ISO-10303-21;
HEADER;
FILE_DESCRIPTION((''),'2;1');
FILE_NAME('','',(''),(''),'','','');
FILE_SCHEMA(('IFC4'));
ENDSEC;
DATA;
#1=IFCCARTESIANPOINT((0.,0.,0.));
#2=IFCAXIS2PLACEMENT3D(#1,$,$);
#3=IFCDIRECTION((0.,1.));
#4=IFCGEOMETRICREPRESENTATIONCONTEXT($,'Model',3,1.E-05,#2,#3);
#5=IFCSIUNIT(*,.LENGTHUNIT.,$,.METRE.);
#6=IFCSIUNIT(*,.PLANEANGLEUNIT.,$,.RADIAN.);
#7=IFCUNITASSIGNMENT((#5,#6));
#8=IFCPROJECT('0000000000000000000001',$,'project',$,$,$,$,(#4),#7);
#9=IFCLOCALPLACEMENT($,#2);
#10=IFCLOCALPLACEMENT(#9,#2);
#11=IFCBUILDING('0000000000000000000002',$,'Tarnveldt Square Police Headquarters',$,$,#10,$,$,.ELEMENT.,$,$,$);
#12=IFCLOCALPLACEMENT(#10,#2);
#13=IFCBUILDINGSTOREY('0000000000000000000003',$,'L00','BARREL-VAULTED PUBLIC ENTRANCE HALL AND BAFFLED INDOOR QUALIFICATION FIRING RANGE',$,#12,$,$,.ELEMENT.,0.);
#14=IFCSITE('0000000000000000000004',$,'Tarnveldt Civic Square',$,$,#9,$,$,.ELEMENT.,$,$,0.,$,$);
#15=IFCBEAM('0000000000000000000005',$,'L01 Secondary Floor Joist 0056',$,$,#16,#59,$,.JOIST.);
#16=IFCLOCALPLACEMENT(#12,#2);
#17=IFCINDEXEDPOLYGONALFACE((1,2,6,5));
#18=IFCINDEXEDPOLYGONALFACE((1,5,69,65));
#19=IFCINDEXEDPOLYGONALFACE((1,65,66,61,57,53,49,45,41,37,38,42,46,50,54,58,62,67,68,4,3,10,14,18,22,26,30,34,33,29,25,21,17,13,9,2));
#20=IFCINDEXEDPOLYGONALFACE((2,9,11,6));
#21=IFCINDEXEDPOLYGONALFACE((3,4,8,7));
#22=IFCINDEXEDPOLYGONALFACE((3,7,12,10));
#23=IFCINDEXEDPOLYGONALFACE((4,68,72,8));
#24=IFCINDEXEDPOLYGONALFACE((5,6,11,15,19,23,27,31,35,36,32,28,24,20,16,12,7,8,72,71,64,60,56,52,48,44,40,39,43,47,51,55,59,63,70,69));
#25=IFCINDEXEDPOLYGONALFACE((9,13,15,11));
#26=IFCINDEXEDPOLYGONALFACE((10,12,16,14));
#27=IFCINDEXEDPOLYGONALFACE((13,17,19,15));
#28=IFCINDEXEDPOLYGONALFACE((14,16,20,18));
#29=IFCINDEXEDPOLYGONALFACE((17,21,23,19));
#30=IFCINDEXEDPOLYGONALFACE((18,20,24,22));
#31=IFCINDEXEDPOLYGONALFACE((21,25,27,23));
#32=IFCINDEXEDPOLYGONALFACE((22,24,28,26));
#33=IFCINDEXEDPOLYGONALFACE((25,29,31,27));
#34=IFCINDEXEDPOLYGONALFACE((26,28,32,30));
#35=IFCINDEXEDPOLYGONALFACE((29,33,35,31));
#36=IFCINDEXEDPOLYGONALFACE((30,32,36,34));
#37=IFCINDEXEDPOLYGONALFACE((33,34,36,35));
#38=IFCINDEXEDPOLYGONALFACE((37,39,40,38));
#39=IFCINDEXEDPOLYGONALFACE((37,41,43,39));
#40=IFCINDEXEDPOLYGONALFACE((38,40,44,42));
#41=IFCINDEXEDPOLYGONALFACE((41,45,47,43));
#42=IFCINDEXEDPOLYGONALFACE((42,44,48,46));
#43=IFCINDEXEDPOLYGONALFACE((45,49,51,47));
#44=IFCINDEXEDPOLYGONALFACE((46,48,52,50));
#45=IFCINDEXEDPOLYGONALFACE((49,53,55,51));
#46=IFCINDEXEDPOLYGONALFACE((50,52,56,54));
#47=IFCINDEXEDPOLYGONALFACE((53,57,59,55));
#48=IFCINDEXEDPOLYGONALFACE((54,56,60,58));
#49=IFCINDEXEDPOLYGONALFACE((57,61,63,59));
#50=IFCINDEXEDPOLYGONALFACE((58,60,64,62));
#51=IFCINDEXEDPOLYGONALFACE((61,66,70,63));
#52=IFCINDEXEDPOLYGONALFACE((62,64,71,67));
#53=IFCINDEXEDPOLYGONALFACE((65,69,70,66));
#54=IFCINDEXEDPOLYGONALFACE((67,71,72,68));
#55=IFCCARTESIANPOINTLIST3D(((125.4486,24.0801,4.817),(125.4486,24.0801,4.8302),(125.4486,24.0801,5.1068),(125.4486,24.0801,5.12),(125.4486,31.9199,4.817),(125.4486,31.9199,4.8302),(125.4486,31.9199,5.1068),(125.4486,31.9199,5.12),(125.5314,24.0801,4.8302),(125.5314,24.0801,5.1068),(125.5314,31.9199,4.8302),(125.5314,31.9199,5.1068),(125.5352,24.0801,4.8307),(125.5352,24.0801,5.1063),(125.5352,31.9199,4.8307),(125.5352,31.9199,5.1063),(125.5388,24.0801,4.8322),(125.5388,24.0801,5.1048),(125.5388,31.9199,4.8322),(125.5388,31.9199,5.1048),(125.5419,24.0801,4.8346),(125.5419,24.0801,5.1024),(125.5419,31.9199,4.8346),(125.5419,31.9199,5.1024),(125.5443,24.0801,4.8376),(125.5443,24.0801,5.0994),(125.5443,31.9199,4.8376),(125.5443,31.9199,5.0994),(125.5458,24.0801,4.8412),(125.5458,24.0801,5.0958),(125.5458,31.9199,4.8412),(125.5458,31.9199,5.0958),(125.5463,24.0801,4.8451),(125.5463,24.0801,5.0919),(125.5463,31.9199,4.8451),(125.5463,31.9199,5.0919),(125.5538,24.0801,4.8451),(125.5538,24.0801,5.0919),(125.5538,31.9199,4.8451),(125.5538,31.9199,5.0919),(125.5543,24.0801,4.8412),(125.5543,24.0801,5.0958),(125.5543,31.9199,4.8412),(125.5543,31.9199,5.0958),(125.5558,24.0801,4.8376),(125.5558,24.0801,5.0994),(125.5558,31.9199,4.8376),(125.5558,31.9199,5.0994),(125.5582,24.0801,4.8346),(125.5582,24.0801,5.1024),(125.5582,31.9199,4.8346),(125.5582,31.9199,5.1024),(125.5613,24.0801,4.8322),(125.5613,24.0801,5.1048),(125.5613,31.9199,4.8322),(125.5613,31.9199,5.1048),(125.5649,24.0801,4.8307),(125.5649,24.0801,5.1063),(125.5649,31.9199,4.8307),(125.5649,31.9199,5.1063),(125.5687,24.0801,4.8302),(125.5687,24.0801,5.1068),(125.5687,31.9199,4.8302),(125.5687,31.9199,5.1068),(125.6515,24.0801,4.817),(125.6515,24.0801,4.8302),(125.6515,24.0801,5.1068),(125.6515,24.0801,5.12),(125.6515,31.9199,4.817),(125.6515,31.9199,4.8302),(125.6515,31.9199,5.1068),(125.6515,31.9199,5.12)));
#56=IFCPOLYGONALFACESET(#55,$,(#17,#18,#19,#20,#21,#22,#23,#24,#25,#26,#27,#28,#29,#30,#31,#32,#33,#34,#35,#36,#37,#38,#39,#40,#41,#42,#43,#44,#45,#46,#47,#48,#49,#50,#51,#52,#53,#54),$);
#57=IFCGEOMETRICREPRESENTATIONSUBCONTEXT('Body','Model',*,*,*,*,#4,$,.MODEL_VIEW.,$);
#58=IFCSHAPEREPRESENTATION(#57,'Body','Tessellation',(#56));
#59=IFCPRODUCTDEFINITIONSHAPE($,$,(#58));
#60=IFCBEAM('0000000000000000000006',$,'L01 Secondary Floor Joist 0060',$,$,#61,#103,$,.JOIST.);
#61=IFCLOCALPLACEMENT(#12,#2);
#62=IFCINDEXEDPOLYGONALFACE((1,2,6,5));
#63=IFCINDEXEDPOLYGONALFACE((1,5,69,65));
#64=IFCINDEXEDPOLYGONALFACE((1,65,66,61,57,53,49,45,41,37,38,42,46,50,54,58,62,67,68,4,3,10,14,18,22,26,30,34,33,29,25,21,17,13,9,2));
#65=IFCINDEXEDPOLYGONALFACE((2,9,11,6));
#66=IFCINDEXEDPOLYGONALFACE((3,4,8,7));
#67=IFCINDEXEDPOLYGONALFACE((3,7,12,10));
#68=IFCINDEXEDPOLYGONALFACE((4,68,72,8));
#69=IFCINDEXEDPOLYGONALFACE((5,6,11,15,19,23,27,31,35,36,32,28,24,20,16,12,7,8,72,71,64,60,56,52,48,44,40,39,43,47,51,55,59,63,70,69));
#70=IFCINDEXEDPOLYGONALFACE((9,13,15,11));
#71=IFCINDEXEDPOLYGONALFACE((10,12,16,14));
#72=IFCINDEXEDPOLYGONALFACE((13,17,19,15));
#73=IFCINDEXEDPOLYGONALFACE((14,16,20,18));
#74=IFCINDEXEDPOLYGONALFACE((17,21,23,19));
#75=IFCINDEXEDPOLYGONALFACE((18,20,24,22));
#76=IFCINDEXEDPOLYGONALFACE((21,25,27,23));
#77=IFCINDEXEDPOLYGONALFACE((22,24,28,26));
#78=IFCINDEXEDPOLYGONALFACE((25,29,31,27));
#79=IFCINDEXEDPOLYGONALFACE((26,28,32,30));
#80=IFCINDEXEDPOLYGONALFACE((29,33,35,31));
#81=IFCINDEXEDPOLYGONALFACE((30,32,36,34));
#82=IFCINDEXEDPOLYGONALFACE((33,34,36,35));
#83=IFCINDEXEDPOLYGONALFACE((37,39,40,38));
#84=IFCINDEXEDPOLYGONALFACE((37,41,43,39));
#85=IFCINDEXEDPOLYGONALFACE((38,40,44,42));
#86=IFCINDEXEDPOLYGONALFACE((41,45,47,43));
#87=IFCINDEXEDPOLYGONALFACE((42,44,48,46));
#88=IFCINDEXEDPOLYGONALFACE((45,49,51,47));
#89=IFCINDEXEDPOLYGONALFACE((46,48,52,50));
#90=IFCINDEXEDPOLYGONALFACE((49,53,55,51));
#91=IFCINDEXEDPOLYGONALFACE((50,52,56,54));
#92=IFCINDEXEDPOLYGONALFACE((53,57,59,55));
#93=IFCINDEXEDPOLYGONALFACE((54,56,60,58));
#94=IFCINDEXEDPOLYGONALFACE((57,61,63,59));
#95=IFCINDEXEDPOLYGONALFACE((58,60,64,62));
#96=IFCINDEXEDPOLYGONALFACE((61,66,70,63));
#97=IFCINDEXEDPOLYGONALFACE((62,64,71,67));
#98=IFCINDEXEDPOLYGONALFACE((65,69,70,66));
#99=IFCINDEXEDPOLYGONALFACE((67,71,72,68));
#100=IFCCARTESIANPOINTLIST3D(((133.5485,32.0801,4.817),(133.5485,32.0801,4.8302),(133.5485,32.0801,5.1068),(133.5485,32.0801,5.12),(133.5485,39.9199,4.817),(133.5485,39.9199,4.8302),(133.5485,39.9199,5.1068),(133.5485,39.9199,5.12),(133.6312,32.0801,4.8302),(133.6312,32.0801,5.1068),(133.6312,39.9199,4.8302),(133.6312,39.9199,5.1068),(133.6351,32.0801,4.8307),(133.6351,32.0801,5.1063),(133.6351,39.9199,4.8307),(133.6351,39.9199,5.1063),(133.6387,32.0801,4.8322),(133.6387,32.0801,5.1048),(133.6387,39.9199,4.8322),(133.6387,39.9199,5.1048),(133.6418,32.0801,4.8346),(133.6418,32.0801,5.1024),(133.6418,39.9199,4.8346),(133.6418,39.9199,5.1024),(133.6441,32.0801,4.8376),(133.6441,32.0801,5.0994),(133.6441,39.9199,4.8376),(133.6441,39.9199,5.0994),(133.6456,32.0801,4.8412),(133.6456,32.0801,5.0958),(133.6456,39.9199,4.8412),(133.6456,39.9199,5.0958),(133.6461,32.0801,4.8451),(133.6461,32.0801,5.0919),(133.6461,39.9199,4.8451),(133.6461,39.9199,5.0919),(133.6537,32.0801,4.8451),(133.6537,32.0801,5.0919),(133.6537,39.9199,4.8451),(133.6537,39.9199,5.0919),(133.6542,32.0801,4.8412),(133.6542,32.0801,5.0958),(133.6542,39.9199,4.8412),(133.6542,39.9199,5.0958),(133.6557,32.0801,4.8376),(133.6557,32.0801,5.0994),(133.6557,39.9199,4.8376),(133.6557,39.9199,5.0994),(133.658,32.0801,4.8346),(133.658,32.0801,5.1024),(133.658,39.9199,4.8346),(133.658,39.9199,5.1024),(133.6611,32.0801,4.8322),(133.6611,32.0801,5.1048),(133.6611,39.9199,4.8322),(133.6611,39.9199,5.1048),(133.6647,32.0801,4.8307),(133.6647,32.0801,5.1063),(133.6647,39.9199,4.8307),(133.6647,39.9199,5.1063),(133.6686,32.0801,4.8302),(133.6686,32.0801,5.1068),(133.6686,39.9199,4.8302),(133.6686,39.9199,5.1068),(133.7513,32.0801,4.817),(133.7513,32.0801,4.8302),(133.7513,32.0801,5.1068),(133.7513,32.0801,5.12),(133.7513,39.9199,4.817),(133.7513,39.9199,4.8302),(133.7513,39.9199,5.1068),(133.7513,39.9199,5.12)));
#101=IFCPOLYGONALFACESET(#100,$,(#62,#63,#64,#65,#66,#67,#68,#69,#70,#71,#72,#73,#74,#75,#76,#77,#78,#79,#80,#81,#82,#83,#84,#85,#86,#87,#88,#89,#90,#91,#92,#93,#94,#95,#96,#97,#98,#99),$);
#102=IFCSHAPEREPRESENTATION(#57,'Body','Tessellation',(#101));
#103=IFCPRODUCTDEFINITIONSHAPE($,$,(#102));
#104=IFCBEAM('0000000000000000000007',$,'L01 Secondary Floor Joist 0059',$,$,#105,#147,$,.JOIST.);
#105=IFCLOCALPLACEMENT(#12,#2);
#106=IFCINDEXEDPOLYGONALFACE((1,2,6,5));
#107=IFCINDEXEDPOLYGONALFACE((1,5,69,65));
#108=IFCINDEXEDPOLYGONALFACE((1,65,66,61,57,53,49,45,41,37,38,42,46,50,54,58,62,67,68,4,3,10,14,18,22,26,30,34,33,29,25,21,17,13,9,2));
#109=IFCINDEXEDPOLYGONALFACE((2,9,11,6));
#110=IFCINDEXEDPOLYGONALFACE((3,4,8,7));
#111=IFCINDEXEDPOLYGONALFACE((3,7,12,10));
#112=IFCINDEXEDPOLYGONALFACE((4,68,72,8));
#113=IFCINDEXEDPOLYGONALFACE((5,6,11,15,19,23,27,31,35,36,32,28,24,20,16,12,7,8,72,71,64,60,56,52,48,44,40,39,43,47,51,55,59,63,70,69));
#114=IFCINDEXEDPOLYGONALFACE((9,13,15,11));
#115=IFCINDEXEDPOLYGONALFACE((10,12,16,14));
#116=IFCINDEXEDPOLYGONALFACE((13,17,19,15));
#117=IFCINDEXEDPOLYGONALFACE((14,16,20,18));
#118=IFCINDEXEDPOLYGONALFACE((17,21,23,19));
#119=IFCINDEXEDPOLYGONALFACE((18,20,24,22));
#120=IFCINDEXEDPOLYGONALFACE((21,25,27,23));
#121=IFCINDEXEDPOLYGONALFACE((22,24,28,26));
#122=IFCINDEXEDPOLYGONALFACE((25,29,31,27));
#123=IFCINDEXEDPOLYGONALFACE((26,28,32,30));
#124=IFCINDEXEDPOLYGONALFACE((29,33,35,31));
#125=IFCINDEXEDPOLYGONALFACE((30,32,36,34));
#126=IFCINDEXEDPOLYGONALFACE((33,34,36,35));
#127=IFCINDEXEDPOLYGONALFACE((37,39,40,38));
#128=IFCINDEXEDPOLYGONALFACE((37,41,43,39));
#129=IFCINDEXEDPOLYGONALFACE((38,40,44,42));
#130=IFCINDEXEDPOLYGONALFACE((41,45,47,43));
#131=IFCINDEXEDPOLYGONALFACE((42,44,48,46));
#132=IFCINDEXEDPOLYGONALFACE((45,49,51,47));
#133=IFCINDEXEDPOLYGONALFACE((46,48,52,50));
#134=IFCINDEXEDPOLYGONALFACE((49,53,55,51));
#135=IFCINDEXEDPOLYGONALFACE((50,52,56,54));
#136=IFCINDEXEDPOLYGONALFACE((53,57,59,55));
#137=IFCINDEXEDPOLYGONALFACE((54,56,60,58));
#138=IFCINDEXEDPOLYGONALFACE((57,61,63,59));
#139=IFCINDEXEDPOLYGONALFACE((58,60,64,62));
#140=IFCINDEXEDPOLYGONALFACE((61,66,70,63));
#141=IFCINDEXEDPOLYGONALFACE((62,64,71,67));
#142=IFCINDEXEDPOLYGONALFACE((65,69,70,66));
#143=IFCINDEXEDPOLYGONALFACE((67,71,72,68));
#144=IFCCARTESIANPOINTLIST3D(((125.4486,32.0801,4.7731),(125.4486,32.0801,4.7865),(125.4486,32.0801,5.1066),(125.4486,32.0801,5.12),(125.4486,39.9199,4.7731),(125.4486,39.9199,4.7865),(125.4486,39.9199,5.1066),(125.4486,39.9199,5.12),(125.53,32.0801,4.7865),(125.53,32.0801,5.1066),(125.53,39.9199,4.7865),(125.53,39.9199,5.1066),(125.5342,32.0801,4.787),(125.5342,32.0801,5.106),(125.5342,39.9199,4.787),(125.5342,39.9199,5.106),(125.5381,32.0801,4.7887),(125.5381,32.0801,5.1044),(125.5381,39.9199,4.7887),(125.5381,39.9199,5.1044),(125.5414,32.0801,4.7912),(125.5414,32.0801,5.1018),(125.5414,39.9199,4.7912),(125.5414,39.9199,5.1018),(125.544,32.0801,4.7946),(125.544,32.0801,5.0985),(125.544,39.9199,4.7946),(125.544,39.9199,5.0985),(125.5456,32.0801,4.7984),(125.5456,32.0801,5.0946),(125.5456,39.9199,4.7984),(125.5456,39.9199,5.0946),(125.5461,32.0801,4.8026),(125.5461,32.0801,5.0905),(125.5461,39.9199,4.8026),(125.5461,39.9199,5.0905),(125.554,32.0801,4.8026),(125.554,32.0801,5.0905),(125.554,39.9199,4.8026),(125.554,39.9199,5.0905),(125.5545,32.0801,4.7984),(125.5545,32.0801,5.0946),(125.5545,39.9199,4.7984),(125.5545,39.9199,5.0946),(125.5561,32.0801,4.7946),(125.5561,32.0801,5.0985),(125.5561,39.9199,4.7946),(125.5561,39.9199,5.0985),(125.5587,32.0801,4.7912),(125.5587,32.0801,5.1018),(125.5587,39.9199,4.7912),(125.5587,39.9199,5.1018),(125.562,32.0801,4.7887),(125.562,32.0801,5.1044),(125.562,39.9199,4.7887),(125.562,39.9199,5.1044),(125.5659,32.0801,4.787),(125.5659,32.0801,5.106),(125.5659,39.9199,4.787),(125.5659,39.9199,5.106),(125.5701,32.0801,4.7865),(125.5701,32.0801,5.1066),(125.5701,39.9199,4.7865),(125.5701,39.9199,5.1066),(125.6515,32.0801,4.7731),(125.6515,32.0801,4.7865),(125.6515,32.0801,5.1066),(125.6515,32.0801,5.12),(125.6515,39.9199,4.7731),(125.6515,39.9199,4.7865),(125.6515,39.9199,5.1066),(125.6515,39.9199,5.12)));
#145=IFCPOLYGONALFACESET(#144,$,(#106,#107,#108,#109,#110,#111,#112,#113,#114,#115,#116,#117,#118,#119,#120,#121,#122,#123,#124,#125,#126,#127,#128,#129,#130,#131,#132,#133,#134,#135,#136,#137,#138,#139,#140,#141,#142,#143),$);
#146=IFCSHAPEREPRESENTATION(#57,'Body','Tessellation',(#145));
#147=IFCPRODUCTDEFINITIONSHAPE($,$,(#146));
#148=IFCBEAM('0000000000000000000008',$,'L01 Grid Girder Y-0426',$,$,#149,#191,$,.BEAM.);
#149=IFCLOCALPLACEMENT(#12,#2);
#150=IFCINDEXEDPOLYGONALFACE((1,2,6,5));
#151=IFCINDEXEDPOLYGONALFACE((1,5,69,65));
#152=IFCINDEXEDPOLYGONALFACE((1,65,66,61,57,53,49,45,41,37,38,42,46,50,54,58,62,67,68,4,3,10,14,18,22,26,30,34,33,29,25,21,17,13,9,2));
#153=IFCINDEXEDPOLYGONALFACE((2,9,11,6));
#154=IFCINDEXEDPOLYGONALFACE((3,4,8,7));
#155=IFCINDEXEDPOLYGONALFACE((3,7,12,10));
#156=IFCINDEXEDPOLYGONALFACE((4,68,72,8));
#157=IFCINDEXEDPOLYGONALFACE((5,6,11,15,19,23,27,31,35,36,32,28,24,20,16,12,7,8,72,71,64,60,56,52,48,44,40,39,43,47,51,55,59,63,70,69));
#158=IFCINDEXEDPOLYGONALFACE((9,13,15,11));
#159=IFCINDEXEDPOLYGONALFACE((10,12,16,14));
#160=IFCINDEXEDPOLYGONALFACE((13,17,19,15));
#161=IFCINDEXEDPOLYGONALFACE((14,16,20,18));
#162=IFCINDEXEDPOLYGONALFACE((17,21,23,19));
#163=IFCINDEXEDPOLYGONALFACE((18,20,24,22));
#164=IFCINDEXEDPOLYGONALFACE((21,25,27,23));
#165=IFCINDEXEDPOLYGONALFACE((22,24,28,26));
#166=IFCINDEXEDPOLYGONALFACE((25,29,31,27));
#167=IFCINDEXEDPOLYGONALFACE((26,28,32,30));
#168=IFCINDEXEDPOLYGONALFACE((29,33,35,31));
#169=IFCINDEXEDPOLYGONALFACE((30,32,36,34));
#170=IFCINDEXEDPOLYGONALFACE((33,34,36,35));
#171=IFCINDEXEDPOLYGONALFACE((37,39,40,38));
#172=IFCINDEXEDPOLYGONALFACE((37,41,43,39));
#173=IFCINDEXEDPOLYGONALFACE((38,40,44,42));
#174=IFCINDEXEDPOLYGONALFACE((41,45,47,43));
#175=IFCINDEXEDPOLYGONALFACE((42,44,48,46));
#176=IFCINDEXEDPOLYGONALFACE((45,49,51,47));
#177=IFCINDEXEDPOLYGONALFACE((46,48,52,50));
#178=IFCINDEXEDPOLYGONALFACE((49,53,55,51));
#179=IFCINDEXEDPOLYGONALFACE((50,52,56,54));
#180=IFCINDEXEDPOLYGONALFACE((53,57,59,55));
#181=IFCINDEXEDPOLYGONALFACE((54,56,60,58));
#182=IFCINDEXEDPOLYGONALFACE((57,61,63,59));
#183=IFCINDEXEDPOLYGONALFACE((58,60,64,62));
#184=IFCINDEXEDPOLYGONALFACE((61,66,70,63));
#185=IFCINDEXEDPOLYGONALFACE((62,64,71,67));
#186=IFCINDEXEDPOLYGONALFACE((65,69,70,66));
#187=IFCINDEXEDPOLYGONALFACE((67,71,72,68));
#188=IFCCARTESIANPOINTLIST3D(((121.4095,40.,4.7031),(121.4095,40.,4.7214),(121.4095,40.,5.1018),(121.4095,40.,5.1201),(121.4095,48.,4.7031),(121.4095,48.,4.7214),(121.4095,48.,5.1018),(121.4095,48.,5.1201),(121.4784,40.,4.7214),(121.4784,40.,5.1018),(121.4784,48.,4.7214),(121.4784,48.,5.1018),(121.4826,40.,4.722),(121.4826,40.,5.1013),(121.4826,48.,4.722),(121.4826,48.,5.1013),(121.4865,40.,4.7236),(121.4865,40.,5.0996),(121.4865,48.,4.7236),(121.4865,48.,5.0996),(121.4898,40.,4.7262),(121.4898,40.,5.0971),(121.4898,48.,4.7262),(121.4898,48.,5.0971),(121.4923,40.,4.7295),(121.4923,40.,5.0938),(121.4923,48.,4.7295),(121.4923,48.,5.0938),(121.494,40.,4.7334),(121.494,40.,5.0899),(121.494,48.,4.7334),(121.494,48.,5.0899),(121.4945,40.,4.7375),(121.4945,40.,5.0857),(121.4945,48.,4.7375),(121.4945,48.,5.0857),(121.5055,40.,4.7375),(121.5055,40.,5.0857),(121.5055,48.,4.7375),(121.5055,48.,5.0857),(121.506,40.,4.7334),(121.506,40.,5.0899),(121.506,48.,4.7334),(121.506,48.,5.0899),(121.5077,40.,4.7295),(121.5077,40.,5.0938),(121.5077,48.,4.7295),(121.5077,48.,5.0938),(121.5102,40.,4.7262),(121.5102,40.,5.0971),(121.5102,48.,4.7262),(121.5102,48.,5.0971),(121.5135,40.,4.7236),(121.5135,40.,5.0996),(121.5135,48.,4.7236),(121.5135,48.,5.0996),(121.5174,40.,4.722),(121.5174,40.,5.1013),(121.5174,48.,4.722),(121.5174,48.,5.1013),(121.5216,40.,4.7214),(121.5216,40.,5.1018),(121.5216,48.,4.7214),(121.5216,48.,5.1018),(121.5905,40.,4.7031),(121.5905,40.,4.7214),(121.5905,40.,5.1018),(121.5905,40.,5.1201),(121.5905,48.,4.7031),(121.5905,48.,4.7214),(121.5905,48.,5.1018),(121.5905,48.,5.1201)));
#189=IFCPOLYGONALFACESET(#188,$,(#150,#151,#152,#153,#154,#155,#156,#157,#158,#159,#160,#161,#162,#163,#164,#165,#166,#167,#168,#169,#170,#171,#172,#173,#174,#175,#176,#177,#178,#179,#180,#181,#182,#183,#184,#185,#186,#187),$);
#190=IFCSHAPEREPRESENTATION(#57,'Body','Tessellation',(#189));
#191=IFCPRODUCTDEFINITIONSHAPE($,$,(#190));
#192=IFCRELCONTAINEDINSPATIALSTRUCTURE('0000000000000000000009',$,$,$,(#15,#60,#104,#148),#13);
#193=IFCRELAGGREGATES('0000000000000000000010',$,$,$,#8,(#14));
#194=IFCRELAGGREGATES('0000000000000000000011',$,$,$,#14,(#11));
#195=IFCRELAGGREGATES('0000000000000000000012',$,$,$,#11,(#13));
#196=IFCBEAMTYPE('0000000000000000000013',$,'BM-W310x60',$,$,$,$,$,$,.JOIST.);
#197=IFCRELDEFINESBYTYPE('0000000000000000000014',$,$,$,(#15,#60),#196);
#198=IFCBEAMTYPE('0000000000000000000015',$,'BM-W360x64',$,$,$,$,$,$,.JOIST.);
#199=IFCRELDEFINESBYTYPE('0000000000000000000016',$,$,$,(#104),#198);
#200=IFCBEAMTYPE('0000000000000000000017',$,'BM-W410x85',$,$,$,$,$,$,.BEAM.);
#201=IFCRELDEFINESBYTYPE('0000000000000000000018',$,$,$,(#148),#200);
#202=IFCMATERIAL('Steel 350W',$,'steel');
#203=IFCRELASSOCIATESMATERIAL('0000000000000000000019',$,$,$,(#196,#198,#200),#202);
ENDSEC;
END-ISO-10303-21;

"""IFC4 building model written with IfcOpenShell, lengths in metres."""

from ifc_helpers import new_model, si_unit, direction, frame, origin, origin_2d, place, context, subcontext, project, spatial, i_section, extrude, material, material_profile, profile_set, type_object, element, save


model = new_model("IFC4")

# Units and contexts
model_context = context("Model", 3, precision=1e-05, world=origin(), true_north=direction((0.0, 1.0)))
body_context = subcontext(model_context, "Body", "Model", "MODEL_VIEW")
ifc_project = project(units=[si_unit("LENGTHUNIT", "METRE"), si_unit("PLANEANGLEUNIT", "RADIAN")], contexts=[model_context])

# Site, building, storey
site_placement = place(None, origin())
site = spatial("IfcSite", under=ifc_project, at=site_placement, Name="Tarnveldt Civic Square", CompositionType="ELEMENT", RefElevation=0.0)
building_placement = place(site_placement, origin())
building = spatial("IfcBuilding", under=site, at=building_placement, Name="Tarnveldt Square Police Headquarters", CompositionType="ELEMENT")
storey_placement = place(building_placement, origin())
storey = spatial("IfcBuildingStorey", under=building, at=storey_placement, Name="L00", Description="BARREL-VAULTED PUBLIC ENTRANCE HALL AND BAFFLED INDOOR QUALIFICATION FIRING RANGE", CompositionType="ELEMENT", Elevation=0.0)

# Beams
ifc_material_1 = material(Name="Steel 350W", Category="steel")
ifc_material_profile_1 = material_profile(ifc_material_1, i_section(OverallWidth=0.2029, OverallDepth=0.303, WebThickness=0.0076, FlangeThickness=0.0132, FilletRadius=0.0149, at=origin_2d()), Name="W310x60")
ifc_profile_set_1 = profile_set([ifc_material_profile_1], Name="Steel 350W")
beam_type_1 = type_object("IfcBeamType", Name="BM-W310x60", PredefinedType="JOIST", material=ifc_profile_set_1)
for number, where, z_axis, x_axis, name in (
    (1, (125.55, 24.0801, 4.9685), (0.0, 1.0, 0.0), (-1.0, 0.0, 0.0), "L01 Secondary Floor Joist 0056"),
    (2, (133.6499, 32.0801, 4.9685), (0.0, 1.0, 0.0), (-1.0, 0.0, 0.0), "L01 Secondary Floor Joist 0060"),
):
    element("IfcBeam", number, at=place(storey_placement, frame(where, z_axis=z_axis, x_axis=x_axis)), inside=storey, type_object=beam_type_1, Name=name, PredefinedType="JOIST", context=body_context, shape_type="SweptSolid", body=[
        extrude(i_section(OverallWidth=0.2029, OverallDepth=0.303, WebThickness=0.0076, FlangeThickness=0.0132, FilletRadius=0.0149, at=origin_2d()), origin(), (0.0, 0.0, 1.0), 7.8398),
    ])
ifc_material_profile_2 = material_profile(ifc_material_1, i_section(OverallWidth=0.2029, OverallDepth=0.3469, WebThickness=0.0078, FlangeThickness=0.0134, FilletRadius=0.0161, at=origin_2d()), Name="W360x64")
ifc_profile_set_2 = profile_set([ifc_material_profile_2], Name="Steel 350W")
beam_type_2 = type_object("IfcBeamType", Name="BM-W360x64", PredefinedType="JOIST", material=ifc_profile_set_2)
beam_1_placement = place(storey_placement, frame((125.55, 32.0801, 4.9465), z_axis=(0.0, 1.0, 0.0), x_axis=(-1.0, 0.0, 0.0)))
element("IfcBeam", 3, at=beam_1_placement, inside=storey, type_object=beam_type_2, Name="L01 Secondary Floor Joist 0059", PredefinedType="JOIST", context=body_context, shape_type="SweptSolid", body=[
    extrude(i_section(OverallWidth=0.2029, OverallDepth=0.3469, WebThickness=0.0078, FlangeThickness=0.0134, FilletRadius=0.0161, at=origin_2d()), origin(), (0.0, 0.0, 1.0), 7.8398),
])
ifc_material_profile_3 = material_profile(ifc_material_1, i_section(OverallWidth=0.1809, OverallDepth=0.417, WebThickness=0.011, FlangeThickness=0.0183, FilletRadius=0.0161, at=origin_2d()), Name="W410x85")
ifc_profile_set_3 = profile_set([ifc_material_profile_3], Name="Steel 350W")
beam_type_3 = type_object("IfcBeamType", Name="BM-W410x85", PredefinedType="BEAM", material=ifc_profile_set_3)
for number, where, z_axis, x_axis, name in (
    (4, (121.5, 40.0, 4.9116), (0.0, 1.0, 0.0), (-1.0, 0.0, 0.0), "L01 Grid Girder Y-0426"),
):
    element("IfcBeam", number, at=place(storey_placement, frame(where, z_axis=z_axis, x_axis=x_axis)), inside=storey, type_object=beam_type_3, Name=name, PredefinedType="BEAM", context=body_context, shape_type="SweptSolid", body=[
        extrude(i_section(OverallWidth=0.1809, OverallDepth=0.417, WebThickness=0.011, FlangeThickness=0.0183, FilletRadius=0.0161, at=origin_2d()), origin(), (0.0, 0.0, 1.0), 8.0),
    ])

save(model, "model.ifc")
